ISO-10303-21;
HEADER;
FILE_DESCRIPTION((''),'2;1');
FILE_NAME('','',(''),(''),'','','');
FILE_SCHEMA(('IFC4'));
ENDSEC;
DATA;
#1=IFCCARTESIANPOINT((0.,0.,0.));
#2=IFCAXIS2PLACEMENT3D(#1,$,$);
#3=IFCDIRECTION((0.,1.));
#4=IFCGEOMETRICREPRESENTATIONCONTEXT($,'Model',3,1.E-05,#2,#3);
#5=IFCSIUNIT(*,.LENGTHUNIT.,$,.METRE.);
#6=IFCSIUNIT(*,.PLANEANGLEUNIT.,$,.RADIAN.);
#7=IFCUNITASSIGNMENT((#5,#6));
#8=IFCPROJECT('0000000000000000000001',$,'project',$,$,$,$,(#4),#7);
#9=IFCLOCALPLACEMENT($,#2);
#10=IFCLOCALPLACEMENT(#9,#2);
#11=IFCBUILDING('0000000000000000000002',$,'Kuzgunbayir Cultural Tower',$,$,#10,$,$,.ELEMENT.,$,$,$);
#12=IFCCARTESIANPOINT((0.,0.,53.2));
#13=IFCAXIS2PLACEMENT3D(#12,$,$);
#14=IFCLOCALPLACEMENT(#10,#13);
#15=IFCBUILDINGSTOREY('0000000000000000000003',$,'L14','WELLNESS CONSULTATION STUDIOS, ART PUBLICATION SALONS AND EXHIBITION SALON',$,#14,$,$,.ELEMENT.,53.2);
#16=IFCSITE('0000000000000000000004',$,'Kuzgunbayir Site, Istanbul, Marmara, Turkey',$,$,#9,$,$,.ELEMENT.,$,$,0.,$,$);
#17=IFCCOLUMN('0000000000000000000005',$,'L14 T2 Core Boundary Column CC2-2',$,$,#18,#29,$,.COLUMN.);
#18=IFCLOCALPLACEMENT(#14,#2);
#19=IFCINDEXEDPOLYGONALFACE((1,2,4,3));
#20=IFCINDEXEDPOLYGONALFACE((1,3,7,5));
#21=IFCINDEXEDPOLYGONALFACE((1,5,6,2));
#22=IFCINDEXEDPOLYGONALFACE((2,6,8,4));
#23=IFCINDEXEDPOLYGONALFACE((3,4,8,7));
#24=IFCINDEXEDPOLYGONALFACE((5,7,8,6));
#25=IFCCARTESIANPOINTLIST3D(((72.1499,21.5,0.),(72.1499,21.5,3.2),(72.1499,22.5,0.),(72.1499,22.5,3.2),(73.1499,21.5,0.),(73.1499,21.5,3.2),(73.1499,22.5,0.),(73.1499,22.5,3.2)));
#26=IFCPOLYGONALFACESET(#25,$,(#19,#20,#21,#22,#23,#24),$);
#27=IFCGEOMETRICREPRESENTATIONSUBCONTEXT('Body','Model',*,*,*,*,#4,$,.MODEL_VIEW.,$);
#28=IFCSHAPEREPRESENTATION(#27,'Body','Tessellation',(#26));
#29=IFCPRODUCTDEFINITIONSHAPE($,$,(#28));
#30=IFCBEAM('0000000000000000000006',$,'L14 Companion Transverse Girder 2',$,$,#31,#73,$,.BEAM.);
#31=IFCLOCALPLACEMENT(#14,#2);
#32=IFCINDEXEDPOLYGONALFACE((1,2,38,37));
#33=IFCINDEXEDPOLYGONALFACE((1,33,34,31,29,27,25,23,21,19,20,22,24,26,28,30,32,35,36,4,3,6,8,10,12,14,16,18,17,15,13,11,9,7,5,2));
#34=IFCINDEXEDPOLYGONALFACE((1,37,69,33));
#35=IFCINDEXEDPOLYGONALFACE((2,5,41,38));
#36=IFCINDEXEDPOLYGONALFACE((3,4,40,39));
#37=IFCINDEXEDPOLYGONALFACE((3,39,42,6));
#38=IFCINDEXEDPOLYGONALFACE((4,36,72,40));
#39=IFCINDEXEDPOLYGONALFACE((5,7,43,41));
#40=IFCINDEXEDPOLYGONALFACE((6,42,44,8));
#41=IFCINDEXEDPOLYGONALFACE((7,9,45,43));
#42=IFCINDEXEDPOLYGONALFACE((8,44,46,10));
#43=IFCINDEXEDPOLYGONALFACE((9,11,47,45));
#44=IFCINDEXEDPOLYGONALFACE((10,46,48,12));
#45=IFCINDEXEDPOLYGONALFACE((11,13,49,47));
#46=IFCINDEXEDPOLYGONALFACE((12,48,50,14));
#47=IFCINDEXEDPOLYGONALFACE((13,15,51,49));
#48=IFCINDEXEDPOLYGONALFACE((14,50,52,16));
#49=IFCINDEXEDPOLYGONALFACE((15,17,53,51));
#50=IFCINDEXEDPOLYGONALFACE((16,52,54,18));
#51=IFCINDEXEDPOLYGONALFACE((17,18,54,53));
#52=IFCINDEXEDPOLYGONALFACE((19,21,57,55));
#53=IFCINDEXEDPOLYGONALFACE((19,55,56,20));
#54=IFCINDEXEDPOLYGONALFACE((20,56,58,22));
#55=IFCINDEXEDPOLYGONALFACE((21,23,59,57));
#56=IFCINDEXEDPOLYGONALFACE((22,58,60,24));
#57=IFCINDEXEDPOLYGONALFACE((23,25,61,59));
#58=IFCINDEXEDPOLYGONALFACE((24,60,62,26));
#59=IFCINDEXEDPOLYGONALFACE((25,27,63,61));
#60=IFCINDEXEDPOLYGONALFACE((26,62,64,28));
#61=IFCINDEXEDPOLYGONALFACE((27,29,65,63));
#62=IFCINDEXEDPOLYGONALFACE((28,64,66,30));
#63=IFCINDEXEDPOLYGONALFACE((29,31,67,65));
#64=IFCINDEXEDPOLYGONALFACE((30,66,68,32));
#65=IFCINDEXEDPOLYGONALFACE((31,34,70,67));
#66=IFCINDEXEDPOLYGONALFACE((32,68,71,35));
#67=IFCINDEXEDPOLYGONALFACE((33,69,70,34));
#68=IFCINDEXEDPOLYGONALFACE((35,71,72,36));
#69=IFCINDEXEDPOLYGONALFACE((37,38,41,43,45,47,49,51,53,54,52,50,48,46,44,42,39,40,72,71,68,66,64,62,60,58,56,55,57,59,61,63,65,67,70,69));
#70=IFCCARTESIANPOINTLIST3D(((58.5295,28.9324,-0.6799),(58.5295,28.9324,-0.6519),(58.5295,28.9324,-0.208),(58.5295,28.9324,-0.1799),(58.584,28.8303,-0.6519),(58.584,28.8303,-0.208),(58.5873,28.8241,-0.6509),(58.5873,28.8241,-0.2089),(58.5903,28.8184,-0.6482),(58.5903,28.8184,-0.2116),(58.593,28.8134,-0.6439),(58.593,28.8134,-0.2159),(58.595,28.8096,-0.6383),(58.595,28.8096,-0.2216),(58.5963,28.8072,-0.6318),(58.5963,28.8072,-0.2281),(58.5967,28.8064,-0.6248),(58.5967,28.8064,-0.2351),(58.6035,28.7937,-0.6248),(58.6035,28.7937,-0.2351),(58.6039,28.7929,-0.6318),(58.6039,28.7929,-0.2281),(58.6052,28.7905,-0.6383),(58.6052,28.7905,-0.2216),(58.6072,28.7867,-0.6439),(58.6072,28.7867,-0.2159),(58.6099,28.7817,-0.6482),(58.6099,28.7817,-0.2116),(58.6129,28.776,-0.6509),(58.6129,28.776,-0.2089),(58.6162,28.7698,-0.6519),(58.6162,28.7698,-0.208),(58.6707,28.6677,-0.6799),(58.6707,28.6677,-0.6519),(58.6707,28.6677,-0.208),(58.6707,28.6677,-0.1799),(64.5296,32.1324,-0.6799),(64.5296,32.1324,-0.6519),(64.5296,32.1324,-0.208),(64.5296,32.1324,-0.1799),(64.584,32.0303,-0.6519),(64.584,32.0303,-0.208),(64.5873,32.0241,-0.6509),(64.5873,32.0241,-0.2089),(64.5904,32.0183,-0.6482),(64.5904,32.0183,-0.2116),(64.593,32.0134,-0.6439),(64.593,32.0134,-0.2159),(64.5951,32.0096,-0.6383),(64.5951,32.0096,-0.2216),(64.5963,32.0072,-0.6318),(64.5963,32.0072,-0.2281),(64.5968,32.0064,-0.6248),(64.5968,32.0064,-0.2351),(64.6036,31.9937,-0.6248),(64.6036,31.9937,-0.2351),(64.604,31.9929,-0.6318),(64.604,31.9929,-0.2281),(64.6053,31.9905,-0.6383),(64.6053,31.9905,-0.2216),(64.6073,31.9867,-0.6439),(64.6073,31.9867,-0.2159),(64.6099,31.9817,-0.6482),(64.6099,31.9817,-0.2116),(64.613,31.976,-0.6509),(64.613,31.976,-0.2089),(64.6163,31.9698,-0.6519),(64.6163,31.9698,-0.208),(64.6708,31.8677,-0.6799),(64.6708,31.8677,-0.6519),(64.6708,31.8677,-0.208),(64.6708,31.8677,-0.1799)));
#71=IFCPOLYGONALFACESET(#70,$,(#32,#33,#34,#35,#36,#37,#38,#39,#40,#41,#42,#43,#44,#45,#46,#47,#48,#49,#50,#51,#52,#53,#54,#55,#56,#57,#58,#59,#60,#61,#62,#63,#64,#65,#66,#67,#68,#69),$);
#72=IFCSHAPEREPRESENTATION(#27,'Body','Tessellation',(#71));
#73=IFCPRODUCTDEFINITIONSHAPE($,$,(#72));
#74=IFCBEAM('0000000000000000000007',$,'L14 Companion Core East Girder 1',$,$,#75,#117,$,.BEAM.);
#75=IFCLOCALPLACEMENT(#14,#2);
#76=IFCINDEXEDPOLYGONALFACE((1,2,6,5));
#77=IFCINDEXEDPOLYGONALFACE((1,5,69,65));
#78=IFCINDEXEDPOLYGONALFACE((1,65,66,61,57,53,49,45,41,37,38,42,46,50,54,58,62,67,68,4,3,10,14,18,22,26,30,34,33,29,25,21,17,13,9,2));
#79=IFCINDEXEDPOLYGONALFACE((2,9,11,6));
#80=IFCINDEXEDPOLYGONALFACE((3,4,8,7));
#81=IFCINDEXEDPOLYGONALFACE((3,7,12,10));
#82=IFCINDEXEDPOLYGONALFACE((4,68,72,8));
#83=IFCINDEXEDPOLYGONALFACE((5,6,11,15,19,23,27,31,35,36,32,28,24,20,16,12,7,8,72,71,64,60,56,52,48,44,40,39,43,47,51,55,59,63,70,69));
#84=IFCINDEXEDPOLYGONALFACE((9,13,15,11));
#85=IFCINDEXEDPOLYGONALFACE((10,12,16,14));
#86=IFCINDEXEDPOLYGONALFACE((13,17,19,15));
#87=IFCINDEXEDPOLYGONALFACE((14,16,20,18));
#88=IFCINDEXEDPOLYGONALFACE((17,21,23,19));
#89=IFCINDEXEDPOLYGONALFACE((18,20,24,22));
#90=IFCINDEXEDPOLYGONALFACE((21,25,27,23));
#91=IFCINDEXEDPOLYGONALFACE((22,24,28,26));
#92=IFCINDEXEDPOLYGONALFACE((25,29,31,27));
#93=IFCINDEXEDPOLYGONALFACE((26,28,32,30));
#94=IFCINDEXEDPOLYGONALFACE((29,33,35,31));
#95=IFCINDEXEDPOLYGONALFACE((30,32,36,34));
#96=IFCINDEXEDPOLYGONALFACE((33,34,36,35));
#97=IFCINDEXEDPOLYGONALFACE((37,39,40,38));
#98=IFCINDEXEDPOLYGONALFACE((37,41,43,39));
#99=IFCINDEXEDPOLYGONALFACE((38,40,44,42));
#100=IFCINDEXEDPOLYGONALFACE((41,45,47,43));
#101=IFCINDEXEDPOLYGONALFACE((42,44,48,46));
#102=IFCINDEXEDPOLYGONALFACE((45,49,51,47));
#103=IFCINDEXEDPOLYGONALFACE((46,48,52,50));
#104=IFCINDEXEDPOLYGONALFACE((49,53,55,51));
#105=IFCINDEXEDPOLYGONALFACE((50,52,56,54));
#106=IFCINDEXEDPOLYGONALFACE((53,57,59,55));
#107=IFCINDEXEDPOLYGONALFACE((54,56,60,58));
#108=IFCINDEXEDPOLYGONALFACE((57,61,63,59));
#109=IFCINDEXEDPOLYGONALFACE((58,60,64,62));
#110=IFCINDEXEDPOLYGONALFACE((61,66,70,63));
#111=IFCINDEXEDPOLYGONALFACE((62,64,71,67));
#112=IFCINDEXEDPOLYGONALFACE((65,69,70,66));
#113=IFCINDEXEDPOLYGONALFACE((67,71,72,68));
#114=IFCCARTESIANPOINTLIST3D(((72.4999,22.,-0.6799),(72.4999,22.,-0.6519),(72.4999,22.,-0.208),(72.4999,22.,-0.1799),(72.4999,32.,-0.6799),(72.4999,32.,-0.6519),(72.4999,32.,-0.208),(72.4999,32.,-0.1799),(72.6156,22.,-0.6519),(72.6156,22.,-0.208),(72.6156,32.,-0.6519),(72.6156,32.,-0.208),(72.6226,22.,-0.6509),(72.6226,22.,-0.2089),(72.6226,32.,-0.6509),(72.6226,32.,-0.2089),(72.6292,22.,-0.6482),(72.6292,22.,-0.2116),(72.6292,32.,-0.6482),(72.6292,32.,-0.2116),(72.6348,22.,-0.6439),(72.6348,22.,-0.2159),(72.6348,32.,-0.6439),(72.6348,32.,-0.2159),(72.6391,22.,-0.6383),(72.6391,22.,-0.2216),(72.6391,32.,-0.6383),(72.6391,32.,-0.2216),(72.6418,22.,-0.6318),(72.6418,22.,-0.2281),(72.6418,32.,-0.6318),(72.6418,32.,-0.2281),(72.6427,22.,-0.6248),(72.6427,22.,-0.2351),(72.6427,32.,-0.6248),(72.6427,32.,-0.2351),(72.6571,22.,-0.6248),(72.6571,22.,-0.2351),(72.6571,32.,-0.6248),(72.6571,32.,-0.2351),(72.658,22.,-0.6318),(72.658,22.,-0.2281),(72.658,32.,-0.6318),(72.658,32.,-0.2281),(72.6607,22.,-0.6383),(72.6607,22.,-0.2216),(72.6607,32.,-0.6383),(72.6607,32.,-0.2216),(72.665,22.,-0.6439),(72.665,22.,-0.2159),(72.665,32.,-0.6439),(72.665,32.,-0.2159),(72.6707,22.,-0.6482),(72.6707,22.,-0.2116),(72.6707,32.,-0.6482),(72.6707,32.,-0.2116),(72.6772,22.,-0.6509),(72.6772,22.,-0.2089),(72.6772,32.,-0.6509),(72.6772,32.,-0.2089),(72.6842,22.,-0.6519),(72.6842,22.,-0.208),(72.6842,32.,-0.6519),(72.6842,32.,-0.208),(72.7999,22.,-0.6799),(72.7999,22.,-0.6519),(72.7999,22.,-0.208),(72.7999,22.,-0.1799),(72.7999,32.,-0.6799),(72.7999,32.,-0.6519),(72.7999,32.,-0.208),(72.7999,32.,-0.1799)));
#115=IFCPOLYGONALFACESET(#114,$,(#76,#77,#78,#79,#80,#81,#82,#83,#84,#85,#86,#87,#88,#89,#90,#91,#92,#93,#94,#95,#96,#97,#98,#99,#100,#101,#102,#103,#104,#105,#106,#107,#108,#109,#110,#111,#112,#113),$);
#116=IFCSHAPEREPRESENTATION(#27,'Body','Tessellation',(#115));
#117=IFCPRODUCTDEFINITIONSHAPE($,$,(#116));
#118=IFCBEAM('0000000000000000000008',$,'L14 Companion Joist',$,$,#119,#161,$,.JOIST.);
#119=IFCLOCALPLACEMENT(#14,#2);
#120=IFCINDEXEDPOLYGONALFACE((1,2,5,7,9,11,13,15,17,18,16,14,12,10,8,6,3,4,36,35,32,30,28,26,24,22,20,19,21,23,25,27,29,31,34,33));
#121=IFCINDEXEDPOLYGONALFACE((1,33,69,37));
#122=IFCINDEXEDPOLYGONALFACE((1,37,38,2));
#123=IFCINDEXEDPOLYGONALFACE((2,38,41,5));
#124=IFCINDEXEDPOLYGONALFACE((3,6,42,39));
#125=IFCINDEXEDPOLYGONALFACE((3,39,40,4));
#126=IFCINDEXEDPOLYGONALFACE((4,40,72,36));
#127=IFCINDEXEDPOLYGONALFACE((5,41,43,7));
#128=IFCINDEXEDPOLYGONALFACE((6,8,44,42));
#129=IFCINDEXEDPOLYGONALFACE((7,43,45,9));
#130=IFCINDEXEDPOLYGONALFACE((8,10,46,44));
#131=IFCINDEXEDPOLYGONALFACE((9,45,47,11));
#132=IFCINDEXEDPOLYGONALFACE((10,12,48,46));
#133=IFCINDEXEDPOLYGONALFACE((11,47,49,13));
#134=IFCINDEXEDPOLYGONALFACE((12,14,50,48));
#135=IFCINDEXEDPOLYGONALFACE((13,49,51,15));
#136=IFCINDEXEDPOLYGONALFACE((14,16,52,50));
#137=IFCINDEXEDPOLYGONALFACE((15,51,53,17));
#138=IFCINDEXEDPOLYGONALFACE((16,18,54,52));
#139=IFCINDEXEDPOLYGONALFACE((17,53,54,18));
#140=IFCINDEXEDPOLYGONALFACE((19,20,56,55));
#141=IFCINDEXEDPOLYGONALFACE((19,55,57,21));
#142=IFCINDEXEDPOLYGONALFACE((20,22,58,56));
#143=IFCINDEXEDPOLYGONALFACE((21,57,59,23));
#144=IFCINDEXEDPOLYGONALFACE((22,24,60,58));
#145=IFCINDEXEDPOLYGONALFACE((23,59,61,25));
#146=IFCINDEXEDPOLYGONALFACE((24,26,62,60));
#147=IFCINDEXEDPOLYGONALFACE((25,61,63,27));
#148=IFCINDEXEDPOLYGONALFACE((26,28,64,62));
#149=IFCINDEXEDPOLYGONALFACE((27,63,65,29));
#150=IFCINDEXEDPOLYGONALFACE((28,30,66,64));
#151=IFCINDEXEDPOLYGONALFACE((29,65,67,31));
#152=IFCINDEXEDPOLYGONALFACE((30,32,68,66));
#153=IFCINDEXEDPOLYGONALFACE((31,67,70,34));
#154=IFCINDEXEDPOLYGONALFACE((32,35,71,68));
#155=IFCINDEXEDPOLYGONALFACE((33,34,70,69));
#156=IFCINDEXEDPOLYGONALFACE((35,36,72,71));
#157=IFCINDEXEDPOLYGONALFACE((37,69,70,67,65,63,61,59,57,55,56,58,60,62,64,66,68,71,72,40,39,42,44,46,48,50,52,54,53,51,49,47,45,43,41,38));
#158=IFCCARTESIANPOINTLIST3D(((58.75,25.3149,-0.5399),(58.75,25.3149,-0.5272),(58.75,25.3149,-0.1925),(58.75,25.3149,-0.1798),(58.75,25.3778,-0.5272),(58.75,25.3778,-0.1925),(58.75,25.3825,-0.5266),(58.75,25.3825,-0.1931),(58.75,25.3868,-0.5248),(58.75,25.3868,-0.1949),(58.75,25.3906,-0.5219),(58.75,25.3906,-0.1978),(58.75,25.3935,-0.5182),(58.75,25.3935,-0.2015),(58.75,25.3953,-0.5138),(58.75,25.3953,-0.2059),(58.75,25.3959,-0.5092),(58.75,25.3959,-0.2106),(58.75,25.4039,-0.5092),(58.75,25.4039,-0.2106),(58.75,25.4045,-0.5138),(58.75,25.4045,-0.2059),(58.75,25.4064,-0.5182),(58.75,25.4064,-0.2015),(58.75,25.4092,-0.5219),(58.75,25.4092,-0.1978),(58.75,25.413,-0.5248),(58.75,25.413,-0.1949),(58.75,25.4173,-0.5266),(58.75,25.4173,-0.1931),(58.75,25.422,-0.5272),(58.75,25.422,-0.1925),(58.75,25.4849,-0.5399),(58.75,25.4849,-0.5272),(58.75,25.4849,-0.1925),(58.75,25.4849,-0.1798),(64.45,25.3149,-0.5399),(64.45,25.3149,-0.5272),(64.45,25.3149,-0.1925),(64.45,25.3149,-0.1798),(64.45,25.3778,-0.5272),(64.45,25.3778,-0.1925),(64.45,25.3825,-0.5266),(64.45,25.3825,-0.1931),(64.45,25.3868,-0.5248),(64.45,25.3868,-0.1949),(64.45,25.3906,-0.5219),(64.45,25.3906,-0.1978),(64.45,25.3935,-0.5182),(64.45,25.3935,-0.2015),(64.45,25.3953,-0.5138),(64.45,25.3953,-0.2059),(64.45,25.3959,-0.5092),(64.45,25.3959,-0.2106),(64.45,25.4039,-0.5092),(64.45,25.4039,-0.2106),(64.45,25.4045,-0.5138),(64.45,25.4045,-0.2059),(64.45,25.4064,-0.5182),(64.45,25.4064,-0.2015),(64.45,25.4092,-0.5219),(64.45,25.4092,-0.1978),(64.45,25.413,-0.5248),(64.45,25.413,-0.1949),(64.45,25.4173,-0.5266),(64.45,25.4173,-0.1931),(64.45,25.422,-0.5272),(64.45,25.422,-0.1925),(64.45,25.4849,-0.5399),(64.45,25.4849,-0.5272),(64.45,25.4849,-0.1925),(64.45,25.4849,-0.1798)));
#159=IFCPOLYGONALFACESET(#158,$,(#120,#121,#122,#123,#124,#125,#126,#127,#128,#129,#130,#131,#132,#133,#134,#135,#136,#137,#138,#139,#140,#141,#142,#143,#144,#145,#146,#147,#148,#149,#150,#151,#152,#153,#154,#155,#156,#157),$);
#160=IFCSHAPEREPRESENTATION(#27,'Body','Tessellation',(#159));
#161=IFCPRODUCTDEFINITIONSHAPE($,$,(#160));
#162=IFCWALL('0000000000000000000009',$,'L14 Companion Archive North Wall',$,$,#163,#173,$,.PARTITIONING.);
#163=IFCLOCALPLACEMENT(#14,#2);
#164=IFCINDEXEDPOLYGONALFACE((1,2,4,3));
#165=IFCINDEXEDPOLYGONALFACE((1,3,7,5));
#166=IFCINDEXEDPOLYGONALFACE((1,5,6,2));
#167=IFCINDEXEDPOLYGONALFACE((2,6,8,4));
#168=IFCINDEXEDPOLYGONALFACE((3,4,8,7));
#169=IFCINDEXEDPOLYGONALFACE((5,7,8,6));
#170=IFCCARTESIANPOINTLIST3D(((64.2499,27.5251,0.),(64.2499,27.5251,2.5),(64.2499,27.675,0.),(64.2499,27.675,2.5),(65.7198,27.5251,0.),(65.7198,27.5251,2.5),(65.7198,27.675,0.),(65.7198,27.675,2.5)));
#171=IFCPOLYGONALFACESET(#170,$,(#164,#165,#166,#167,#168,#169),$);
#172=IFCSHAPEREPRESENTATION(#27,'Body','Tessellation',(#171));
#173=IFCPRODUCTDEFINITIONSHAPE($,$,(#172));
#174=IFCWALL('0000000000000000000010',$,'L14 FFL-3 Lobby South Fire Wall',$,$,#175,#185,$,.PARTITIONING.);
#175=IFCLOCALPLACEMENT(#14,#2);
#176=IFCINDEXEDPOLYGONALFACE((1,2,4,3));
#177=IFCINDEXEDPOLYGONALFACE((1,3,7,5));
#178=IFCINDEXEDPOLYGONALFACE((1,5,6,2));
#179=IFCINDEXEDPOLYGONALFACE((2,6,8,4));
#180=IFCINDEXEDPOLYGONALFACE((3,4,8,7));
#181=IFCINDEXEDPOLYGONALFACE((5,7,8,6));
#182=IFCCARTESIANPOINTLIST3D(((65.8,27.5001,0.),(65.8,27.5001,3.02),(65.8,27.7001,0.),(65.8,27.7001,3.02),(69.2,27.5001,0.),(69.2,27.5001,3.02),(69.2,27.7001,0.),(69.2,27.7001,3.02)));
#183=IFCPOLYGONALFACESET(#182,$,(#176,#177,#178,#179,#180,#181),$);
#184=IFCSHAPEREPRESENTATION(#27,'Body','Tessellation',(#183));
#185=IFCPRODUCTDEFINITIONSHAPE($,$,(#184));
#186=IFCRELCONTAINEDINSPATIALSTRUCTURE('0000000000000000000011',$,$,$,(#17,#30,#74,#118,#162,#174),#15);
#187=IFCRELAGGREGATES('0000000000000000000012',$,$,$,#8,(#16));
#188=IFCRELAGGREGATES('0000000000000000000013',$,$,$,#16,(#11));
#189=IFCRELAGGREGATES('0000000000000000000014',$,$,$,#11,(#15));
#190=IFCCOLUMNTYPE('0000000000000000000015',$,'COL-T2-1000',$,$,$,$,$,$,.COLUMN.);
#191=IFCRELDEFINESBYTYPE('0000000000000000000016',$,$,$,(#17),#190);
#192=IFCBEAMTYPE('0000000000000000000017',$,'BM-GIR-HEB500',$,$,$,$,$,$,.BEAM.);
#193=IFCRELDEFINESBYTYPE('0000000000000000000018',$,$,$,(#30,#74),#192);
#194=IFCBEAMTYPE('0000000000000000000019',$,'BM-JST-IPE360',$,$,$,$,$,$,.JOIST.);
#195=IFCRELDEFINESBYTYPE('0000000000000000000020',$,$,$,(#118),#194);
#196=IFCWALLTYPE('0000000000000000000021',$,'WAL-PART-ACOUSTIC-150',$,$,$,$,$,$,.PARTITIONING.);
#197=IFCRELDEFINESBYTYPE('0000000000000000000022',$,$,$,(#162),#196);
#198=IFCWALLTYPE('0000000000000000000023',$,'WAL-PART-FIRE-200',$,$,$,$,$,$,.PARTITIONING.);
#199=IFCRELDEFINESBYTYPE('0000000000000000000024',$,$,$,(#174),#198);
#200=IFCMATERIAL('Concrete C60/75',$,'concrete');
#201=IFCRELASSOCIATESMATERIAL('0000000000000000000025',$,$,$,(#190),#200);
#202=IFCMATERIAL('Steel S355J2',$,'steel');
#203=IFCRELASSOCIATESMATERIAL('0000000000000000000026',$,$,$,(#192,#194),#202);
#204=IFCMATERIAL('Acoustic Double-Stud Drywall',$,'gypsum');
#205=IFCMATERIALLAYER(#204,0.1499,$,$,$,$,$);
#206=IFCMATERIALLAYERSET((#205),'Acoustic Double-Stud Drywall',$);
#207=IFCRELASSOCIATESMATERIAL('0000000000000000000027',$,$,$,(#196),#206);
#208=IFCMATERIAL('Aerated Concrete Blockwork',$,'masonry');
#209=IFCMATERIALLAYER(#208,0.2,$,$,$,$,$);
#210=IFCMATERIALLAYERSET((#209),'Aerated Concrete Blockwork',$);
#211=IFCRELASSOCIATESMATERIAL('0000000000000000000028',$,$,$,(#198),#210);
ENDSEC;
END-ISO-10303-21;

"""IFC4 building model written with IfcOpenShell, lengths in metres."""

from ifc_helpers import new_model, si_unit, direction, frame, frame_2d, origin, origin_2d, place, context, subcontext, project, spatial, rectangle, i_section, extrude, material, layer, layer_set, material_profile, profile_set, type_object, element, save


model = new_model("IFC4")

# Units and contexts
model_context = context("Model", 3, precision=1e-05, world=origin(), true_north=direction((0.0, 1.0)))
body_context = subcontext(model_context, "Body", "Model", "MODEL_VIEW")
ifc_project = project(units=[si_unit("LENGTHUNIT", "METRE"), si_unit("PLANEANGLEUNIT", "RADIAN")], contexts=[model_context])

# Site, building, storey
site_placement = place(None, origin())
site = spatial("IfcSite", under=ifc_project, at=site_placement, Name="Kuzgunbayir Site, Istanbul, Marmara, Turkey", CompositionType="ELEMENT", RefElevation=0.0)
building_placement = place(site_placement, origin())
building = spatial("IfcBuilding", under=site, at=building_placement, Name="Kuzgunbayir Cultural Tower", CompositionType="ELEMENT")
storey_placement = place(building_placement, frame((0.0, 0.0, 53.2)))
storey = spatial("IfcBuildingStorey", under=building, at=storey_placement, Name="L14", Description="WELLNESS CONSULTATION STUDIOS, ART PUBLICATION SALONS AND EXHIBITION SALON", CompositionType="ELEMENT", Elevation=53.2)

# Column
ifc_material_1 = material(Name="Concrete C60/75", Category="concrete")
ifc_material_profile_1 = material_profile(ifc_material_1, rectangle(XDim=1.0, YDim=1.0, at=origin_2d()), Name="RC 1000x1000")
ifc_profile_set_1 = profile_set([ifc_material_profile_1], Name="Concrete C60/75")
column_type = type_object("IfcColumnType", Name="COL-T2-1000", PredefinedType="COLUMN", material=ifc_profile_set_1)
column_placement = place(storey_placement, frame((72.6499, 22.0, 0.0), z_axis=(0.0, 0.0, 1.0), x_axis=(1.0, 0.0, 0.0)))
element("IfcColumn", 1, at=column_placement, inside=storey, type_object=column_type, Name="L14 T2 Core Boundary Column CC2-2", PredefinedType="COLUMN", context=body_context, shape_type="SweptSolid", body=[
    extrude(rectangle(XDim=1.0, YDim=1.0, at=origin_2d()), origin(), (0.0, 0.0, 1.0), 3.2),
])

# Beams
ifc_material_2 = material(Name="Steel S355J2", Category="steel")
ifc_material_profile_2 = material_profile(ifc_material_2, i_section(OverallWidth=0.3, OverallDepth=0.5, WebThickness=0.0144, FlangeThickness=0.0281, FilletRadius=0.0271, at=origin_2d()), Name="HEB 500")
ifc_profile_set_2 = profile_set([ifc_material_profile_2], Name="Steel S355J2")
beam_type_1 = type_object("IfcBeamType", Name="BM-GIR-HEB500", PredefinedType="BEAM", material=ifc_profile_set_2)
beam_1_placement = place(storey_placement, frame((58.6001, 28.8, -0.4299), z_axis=(0.882356, 0.470583, 0.0), x_axis=(-0.470583, 0.882356, 0.0)))
element("IfcBeam", 2, at=beam_1_placement, inside=storey, type_object=beam_type_1, Name="L14 Companion Transverse Girder 2", PredefinedType="BEAM", context=body_context, shape_type="SweptSolid", body=[
    extrude(i_section(OverallWidth=0.3, OverallDepth=0.5, WebThickness=0.0144, FlangeThickness=0.0281, FilletRadius=0.0271, at=origin_2d()), origin(), (0.0, 0.0, 1.0), 6.8),
])
beam_2_placement = place(storey_placement, frame((72.6499, 22.0, -0.4299), z_axis=(0.0, 1.0, 0.0), x_axis=(-1.0, 0.0, 0.0)))
element("IfcBeam", 3, at=beam_2_placement, inside=storey, type_object=beam_type_1, Name="L14 Companion Core East Girder 1", PredefinedType="BEAM", context=body_context, shape_type="SweptSolid", body=[
    extrude(i_section(OverallWidth=0.3, OverallDepth=0.5, WebThickness=0.0144, FlangeThickness=0.0281, FilletRadius=0.0271, at=origin_2d()), origin(), (0.0, 0.0, 1.0), 10.0),
])
ifc_material_profile_3 = material_profile(ifc_material_2, i_section(OverallWidth=0.1699, OverallDepth=0.3601, WebThickness=0.0081, FlangeThickness=0.0127, FilletRadius=0.0181, at=origin_2d()), Name="IPE 360")
ifc_profile_set_3 = profile_set([ifc_material_profile_3], Name="Steel S355J2")
beam_type_2 = type_object("IfcBeamType", Name="BM-JST-IPE360", PredefinedType="JOIST", material=ifc_profile_set_3)
beam_3_placement = place(storey_placement, frame((58.75, 25.3999, -0.3599), z_axis=(1.0, 0.0, 0.0), x_axis=(0.0, 1.0, 0.0)))
element("IfcBeam", 4, at=beam_3_placement, inside=storey, type_object=beam_type_2, Name="L14 Companion Joist", PredefinedType="JOIST", context=body_context, shape_type="SweptSolid", body=[
    extrude(i_section(OverallWidth=0.1699, OverallDepth=0.3601, WebThickness=0.0081, FlangeThickness=0.0127, FilletRadius=0.0181, at=origin_2d()), origin(), (0.0, 0.0, 1.0), 5.7),
])

# Wall
ifc_material_3 = material(Name="Acoustic Double-Stud Drywall", Category="gypsum")
ifc_layer_1 = layer(ifc_material_3, 0.1499)
ifc_layer_set_1 = layer_set([ifc_layer_1], Name="Acoustic Double-Stud Drywall")
wall_type_1 = type_object("IfcWallType", Name="WAL-PART-ACOUSTIC-150", PredefinedType="PARTITIONING", material=ifc_layer_set_1)
wall_1_placement = place(storey_placement, frame((64.25, 27.6001, 0.0), z_axis=(0.0, 0.0, 1.0), x_axis=(1.0, 0.0, 0.0)))
element("IfcWall", 5, at=wall_1_placement, inside=storey, type_object=wall_type_1, Name="L14 Companion Archive North Wall", PredefinedType="PARTITIONING", context=body_context, shape_type="SweptSolid", body=[
    extrude(rectangle(XDim=1.47, YDim=0.1499, at=frame_2d((0.7349, 0.0))), origin(), (0.0, 0.0, 1.0), 2.5),
])

# Shared definitions
ifc_material_4 = material(Name="Aerated Concrete Blockwork", Category="masonry")
ifc_layer_2 = layer(ifc_material_4, 0.2)
ifc_layer_set_2 = layer_set([ifc_layer_2], Name="Aerated Concrete Blockwork")
wall_type_2 = type_object("IfcWallType", Name="WAL-PART-FIRE-200", PredefinedType="PARTITIONING", material=ifc_layer_set_2)

# Wall
wall_2_placement = place(storey_placement, frame((65.8, 27.6001, 0.0), z_axis=(0.0, 0.0, 1.0), x_axis=(1.0, 0.0, 0.0)))
element("IfcWall", 6, at=wall_2_placement, inside=storey, type_object=wall_type_2, Name="L14 FFL-3 Lobby South Fire Wall", PredefinedType="PARTITIONING", context=body_context, shape_type="SweptSolid", body=[
    extrude(rectangle(XDim=3.3999, YDim=0.2, at=frame_2d((1.7, 0.0))), origin(), (0.0, 0.0, 1.0), 3.02),
])

save(model, "model.ifc")
